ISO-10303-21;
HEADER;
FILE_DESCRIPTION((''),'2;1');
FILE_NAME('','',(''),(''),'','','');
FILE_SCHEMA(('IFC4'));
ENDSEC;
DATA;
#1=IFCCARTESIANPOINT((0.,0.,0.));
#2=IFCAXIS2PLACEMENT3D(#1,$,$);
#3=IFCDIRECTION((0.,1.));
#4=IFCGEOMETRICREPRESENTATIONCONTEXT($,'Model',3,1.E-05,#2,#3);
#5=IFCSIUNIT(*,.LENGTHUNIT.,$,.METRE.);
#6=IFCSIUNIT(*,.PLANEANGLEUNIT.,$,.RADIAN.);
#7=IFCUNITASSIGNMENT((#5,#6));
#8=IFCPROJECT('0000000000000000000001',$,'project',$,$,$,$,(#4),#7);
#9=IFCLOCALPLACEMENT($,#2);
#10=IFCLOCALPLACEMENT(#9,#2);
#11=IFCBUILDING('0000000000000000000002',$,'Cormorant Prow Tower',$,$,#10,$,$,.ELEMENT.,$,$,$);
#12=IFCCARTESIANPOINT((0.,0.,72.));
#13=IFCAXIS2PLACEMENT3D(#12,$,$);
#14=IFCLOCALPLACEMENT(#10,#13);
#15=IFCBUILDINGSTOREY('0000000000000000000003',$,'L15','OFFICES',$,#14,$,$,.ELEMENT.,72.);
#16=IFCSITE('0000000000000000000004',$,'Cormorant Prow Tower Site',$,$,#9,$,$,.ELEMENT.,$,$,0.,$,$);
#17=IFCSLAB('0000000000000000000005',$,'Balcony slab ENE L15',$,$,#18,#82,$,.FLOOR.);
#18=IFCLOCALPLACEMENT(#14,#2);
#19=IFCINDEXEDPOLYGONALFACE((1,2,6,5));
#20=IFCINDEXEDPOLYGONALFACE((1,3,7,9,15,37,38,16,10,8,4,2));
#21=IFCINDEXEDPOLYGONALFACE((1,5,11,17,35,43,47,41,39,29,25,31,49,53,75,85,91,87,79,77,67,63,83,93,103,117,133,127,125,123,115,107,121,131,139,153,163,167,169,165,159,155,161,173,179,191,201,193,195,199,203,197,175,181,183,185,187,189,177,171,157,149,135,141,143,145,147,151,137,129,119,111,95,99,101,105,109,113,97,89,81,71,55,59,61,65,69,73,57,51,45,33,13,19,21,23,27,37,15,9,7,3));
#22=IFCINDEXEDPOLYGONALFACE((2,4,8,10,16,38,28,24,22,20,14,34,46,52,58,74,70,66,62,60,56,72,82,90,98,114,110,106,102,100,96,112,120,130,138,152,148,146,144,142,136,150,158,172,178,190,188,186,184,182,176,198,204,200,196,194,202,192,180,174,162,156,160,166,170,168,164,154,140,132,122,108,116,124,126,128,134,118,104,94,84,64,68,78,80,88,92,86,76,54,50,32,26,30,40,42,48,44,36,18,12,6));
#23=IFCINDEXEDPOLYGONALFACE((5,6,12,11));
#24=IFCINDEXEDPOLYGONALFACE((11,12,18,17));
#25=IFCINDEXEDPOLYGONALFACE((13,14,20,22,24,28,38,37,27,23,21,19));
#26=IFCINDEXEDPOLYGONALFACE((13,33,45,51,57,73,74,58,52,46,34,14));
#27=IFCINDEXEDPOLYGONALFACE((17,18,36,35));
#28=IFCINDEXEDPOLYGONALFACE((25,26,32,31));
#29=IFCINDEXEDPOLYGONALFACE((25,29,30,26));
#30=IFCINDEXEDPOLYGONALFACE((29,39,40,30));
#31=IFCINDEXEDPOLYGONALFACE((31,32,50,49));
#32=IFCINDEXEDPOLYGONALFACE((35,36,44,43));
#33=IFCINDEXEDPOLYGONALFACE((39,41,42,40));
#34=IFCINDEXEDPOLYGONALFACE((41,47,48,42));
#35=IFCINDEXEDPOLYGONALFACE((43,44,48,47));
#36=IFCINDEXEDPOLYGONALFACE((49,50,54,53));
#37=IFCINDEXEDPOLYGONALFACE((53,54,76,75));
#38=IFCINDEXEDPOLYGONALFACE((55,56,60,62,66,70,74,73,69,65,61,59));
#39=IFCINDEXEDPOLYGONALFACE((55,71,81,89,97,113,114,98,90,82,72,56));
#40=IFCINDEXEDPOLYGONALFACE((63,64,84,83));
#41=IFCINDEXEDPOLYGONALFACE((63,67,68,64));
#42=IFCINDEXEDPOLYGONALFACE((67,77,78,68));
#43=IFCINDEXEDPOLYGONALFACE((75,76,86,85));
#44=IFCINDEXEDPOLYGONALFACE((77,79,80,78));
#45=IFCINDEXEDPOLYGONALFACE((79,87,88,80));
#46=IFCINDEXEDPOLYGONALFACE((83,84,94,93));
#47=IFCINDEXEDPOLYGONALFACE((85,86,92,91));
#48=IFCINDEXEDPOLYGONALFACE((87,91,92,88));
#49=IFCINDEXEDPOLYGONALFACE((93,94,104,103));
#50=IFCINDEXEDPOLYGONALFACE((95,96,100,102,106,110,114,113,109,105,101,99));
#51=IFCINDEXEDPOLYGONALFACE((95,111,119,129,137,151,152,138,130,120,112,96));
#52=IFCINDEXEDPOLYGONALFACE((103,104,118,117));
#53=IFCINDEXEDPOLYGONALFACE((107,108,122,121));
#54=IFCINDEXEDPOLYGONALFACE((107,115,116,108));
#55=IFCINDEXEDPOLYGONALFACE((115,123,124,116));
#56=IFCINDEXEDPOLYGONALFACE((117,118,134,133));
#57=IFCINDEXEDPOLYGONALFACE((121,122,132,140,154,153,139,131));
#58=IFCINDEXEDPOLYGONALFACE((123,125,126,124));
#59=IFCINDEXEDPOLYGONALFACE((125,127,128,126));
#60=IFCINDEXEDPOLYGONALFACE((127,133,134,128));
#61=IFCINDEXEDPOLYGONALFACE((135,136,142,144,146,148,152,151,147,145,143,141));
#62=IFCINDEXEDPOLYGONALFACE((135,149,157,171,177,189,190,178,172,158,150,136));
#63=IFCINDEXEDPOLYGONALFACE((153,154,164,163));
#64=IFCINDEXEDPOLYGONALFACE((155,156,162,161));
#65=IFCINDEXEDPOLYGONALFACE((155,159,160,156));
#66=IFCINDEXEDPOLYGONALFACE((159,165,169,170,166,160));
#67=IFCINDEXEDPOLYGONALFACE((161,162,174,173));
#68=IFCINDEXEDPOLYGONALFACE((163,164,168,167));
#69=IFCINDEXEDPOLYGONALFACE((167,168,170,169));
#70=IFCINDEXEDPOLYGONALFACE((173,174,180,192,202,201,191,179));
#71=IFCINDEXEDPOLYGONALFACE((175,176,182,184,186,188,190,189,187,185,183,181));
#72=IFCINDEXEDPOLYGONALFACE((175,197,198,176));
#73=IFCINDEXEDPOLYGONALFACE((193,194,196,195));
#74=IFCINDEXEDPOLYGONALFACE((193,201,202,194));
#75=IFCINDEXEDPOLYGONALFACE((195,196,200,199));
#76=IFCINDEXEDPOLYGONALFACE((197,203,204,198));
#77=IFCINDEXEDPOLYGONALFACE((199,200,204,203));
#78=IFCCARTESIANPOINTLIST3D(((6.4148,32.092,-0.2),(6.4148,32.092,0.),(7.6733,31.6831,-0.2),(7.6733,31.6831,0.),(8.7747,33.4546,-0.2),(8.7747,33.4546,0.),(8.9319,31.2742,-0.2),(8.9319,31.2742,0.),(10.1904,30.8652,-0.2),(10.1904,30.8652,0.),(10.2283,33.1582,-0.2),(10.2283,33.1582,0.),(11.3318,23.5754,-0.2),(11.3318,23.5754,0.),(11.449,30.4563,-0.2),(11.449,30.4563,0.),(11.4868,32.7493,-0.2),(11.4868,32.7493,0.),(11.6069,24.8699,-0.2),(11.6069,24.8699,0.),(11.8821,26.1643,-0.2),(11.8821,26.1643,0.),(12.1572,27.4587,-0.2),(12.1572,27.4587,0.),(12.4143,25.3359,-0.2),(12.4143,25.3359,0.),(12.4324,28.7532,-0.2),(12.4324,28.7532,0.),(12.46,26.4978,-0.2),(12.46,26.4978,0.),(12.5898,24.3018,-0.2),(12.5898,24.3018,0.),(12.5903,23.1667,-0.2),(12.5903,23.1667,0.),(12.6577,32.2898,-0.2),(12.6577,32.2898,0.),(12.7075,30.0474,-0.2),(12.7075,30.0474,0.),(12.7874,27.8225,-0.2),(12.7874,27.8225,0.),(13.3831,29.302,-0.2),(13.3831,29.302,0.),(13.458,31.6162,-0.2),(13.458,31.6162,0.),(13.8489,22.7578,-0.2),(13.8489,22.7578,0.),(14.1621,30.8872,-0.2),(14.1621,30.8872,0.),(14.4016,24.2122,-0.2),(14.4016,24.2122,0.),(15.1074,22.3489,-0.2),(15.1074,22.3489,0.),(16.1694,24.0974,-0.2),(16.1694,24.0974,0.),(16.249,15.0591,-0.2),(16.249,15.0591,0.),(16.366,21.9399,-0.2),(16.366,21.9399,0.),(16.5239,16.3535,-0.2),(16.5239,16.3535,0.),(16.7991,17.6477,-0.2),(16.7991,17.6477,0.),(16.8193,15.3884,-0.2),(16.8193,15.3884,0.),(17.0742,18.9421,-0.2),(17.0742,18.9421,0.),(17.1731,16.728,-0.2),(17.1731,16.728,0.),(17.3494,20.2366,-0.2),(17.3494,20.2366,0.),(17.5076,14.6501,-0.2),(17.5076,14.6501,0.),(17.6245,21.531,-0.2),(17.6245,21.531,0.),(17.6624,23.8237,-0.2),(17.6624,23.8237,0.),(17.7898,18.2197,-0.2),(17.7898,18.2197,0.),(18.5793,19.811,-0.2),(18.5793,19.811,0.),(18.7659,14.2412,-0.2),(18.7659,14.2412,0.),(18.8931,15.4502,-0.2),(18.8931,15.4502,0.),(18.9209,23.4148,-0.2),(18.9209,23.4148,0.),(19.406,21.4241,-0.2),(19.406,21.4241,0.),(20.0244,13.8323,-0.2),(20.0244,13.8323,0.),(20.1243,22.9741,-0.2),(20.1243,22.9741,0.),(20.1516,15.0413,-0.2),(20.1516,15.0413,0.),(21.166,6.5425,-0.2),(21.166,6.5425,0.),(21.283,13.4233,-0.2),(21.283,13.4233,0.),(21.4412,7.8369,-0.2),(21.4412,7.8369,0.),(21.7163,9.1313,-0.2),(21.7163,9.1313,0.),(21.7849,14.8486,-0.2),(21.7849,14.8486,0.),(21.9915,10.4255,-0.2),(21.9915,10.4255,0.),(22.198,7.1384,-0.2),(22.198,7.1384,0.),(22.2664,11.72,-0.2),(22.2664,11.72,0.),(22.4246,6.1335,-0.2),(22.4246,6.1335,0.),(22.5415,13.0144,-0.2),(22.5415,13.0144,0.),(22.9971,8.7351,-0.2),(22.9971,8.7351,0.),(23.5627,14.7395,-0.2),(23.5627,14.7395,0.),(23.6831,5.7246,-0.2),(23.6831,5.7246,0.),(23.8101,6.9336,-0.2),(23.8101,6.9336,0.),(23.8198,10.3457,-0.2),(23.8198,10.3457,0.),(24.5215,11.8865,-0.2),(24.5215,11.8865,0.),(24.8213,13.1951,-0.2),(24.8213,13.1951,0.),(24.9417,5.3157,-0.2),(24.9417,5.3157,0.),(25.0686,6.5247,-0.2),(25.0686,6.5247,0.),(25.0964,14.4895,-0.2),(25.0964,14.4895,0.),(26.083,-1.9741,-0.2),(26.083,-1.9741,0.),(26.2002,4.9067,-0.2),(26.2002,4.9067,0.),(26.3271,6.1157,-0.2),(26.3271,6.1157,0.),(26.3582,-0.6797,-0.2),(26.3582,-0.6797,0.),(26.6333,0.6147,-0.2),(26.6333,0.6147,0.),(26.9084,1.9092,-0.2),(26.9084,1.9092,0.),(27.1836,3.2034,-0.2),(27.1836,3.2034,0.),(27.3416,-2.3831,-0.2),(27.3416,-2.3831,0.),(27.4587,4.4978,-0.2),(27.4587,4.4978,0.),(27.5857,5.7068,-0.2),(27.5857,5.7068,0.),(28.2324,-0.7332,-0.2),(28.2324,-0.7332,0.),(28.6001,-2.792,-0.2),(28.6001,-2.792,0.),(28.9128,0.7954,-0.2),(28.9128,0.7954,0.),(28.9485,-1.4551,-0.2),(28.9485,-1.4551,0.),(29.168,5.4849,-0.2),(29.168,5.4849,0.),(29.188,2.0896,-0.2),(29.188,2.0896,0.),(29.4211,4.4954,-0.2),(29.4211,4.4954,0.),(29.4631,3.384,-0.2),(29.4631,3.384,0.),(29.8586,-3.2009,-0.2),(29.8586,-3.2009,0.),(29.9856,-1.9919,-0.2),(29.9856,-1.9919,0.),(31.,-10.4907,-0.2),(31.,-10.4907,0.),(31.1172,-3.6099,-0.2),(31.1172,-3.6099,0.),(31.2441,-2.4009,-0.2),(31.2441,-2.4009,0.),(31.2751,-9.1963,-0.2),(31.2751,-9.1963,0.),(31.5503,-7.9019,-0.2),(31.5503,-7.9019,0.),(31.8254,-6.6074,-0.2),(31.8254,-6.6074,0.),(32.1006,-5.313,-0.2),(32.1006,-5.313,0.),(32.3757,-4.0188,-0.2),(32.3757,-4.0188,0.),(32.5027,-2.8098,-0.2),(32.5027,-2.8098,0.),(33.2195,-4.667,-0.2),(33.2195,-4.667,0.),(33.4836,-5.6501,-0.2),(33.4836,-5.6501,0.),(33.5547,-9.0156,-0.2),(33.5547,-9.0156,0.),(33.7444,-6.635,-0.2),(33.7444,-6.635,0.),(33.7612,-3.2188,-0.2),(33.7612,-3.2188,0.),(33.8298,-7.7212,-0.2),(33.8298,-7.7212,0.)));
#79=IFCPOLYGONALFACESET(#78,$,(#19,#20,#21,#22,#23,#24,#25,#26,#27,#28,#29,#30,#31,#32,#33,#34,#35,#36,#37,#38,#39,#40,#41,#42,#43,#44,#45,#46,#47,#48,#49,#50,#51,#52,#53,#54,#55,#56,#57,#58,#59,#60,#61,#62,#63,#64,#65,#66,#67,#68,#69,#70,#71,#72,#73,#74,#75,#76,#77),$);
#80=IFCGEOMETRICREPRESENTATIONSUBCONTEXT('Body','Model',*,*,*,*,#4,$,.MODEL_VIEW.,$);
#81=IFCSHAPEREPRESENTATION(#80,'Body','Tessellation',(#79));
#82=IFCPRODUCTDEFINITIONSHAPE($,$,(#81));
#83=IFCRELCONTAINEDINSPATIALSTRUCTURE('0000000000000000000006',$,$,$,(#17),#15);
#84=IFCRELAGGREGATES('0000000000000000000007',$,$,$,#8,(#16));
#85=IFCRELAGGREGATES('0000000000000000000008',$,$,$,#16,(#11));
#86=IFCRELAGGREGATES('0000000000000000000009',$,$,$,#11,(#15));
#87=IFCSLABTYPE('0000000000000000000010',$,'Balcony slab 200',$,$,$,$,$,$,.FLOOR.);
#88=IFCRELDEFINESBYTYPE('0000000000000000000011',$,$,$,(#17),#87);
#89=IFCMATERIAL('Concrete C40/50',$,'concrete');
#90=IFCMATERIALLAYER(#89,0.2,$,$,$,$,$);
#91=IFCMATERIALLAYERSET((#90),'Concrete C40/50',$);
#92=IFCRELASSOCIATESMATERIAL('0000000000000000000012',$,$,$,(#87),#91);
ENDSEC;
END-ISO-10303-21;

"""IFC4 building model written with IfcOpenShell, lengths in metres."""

from ifc_helpers import new_model, si_unit, direction, frame, origin, place, context, subcontext, project, spatial, polyline, outline, extrude, material, layer, layer_set, type_object, element, save


model = new_model("IFC4")

# Units and contexts
model_context = context("Model", 3, precision=1e-05, world=origin(), true_north=direction((0.0, 1.0)))
body_context = subcontext(model_context, "Body", "Model", "MODEL_VIEW")
ifc_project = project(units=[si_unit("LENGTHUNIT", "METRE"), si_unit("PLANEANGLEUNIT", "RADIAN")], contexts=[model_context])

# Site, building, storey
site_placement = place(None, origin())
site = spatial("IfcSite", under=ifc_project, at=site_placement, Name="Cormorant Prow Tower Site", CompositionType="ELEMENT", RefElevation=0.0)
building_placement = place(site_placement, origin())
building = spatial("IfcBuilding", under=site, at=building_placement, Name="Cormorant Prow Tower", CompositionType="ELEMENT")
storey_placement = place(building_placement, frame((0.0, 0.0, 72.0)))
storey = spatial("IfcBuildingStorey", under=building, at=storey_placement, Name="L15", Description="OFFICES", CompositionType="ELEMENT", Elevation=72.0)

# Slab
ifc_material_1 = material(Name="Concrete C40/50", Category="concrete")
ifc_layer_1 = layer(ifc_material_1, 0.2)
ifc_layer_set_1 = layer_set([ifc_layer_1], Name="Concrete C40/50")
slab_type_1 = type_object("IfcSlabType", Name="Balcony slab 200", PredefinedType="FLOOR", material=ifc_layer_set_1)
slab_1_placement = place(storey_placement, frame((0.0, 0.0, -0.2)))
element("IfcSlab", 1, at=slab_1_placement, inside=storey, type_object=slab_type_1, Name="Balcony slab ENE L15", PredefinedType="FLOOR", context=body_context, shape_type="SweptSolid", body=[
    extrude(outline(polyline([(31.0, -10.4907), (33.5547, -9.0156), (33.8298, -7.7212), (33.7444, -6.635), (33.4836, -5.6501), (33.2195, -4.667), (33.7612, -3.2188), (32.5027, -2.8098), (31.2441, -2.4009), (29.9856, -1.9919), (28.9485, -1.4551), (28.2324, -0.7332), (28.9128, 0.7954), (29.188, 2.0896), (29.4631, 3.384), (29.4211, 4.4954), (29.168, 5.4849), (27.5857, 5.7068), (26.3271, 6.1157), (25.0686, 6.5247), (23.8101, 6.9336), (22.198, 7.1384), (22.9971, 8.7351), (23.8198, 10.3457), (24.5215, 11.8865), (24.8213, 13.1951), (25.0964, 14.4895), (23.5627, 14.7395), (21.7849, 14.8486), (20.1516, 15.0413), (18.8931, 15.4502), (16.8193, 15.3884), (17.1731, 16.728), (17.7898, 18.2197), (18.5793, 19.811), (19.406, 21.4241), (20.1243, 22.9741), (18.9209, 23.4148), (17.6624, 23.8237), (16.1694, 24.0974), (14.4016, 24.2122), (12.5898, 24.3018), (12.4143, 25.3359), (12.46, 26.4978), (12.7874, 27.8225), (13.3831, 29.302), (14.1621, 30.8872), (13.458, 31.6162), (12.6577, 32.2898), (11.4868, 32.7493), (10.2283, 33.1582), (8.7747, 33.4546), (6.4148, 32.092), (7.6733, 31.6831), (8.9319, 31.2742), (10.1904, 30.8652), (11.449, 30.4563), (12.7075, 30.0474), (12.4324, 28.7532), (12.1572, 27.4587), (11.8821, 26.1643), (11.6069, 24.8699), (11.3318, 23.5754), (12.5903, 23.1667), (13.8489, 22.7578), (15.1074, 22.3489), (16.366, 21.9399), (17.6245, 21.531), (17.3494, 20.2366), (17.0742, 18.9421), (16.7991, 17.6477), (16.5239, 16.3535), (16.249, 15.0591), (17.5076, 14.6501), (18.7659, 14.2412), (20.0244, 13.8323), (21.283, 13.4233), (22.5415, 13.0144), (22.2664, 11.72), (21.9915, 10.4255), (21.7163, 9.1313), (21.4412, 7.8369), (21.166, 6.5425), (22.4246, 6.1335), (23.6831, 5.7246), (24.9417, 5.3157), (26.2002, 4.9067), (27.4587, 4.4978), (27.1836, 3.2034), (26.9084, 1.9092), (26.6333, 0.6147), (26.3582, -0.6797), (26.083, -1.9741), (27.3416, -2.3831), (28.6001, -2.792), (29.8586, -3.2009), (31.1172, -3.6099), (32.3757, -4.0188), (32.1006, -5.313), (31.8254, -6.6074), (31.5503, -7.9019), (31.2751, -9.1963), (31.0, -10.4907)])), origin(), (0.0, 0.0, 1.0), 0.2),
])

save(model, "model.ifc")
